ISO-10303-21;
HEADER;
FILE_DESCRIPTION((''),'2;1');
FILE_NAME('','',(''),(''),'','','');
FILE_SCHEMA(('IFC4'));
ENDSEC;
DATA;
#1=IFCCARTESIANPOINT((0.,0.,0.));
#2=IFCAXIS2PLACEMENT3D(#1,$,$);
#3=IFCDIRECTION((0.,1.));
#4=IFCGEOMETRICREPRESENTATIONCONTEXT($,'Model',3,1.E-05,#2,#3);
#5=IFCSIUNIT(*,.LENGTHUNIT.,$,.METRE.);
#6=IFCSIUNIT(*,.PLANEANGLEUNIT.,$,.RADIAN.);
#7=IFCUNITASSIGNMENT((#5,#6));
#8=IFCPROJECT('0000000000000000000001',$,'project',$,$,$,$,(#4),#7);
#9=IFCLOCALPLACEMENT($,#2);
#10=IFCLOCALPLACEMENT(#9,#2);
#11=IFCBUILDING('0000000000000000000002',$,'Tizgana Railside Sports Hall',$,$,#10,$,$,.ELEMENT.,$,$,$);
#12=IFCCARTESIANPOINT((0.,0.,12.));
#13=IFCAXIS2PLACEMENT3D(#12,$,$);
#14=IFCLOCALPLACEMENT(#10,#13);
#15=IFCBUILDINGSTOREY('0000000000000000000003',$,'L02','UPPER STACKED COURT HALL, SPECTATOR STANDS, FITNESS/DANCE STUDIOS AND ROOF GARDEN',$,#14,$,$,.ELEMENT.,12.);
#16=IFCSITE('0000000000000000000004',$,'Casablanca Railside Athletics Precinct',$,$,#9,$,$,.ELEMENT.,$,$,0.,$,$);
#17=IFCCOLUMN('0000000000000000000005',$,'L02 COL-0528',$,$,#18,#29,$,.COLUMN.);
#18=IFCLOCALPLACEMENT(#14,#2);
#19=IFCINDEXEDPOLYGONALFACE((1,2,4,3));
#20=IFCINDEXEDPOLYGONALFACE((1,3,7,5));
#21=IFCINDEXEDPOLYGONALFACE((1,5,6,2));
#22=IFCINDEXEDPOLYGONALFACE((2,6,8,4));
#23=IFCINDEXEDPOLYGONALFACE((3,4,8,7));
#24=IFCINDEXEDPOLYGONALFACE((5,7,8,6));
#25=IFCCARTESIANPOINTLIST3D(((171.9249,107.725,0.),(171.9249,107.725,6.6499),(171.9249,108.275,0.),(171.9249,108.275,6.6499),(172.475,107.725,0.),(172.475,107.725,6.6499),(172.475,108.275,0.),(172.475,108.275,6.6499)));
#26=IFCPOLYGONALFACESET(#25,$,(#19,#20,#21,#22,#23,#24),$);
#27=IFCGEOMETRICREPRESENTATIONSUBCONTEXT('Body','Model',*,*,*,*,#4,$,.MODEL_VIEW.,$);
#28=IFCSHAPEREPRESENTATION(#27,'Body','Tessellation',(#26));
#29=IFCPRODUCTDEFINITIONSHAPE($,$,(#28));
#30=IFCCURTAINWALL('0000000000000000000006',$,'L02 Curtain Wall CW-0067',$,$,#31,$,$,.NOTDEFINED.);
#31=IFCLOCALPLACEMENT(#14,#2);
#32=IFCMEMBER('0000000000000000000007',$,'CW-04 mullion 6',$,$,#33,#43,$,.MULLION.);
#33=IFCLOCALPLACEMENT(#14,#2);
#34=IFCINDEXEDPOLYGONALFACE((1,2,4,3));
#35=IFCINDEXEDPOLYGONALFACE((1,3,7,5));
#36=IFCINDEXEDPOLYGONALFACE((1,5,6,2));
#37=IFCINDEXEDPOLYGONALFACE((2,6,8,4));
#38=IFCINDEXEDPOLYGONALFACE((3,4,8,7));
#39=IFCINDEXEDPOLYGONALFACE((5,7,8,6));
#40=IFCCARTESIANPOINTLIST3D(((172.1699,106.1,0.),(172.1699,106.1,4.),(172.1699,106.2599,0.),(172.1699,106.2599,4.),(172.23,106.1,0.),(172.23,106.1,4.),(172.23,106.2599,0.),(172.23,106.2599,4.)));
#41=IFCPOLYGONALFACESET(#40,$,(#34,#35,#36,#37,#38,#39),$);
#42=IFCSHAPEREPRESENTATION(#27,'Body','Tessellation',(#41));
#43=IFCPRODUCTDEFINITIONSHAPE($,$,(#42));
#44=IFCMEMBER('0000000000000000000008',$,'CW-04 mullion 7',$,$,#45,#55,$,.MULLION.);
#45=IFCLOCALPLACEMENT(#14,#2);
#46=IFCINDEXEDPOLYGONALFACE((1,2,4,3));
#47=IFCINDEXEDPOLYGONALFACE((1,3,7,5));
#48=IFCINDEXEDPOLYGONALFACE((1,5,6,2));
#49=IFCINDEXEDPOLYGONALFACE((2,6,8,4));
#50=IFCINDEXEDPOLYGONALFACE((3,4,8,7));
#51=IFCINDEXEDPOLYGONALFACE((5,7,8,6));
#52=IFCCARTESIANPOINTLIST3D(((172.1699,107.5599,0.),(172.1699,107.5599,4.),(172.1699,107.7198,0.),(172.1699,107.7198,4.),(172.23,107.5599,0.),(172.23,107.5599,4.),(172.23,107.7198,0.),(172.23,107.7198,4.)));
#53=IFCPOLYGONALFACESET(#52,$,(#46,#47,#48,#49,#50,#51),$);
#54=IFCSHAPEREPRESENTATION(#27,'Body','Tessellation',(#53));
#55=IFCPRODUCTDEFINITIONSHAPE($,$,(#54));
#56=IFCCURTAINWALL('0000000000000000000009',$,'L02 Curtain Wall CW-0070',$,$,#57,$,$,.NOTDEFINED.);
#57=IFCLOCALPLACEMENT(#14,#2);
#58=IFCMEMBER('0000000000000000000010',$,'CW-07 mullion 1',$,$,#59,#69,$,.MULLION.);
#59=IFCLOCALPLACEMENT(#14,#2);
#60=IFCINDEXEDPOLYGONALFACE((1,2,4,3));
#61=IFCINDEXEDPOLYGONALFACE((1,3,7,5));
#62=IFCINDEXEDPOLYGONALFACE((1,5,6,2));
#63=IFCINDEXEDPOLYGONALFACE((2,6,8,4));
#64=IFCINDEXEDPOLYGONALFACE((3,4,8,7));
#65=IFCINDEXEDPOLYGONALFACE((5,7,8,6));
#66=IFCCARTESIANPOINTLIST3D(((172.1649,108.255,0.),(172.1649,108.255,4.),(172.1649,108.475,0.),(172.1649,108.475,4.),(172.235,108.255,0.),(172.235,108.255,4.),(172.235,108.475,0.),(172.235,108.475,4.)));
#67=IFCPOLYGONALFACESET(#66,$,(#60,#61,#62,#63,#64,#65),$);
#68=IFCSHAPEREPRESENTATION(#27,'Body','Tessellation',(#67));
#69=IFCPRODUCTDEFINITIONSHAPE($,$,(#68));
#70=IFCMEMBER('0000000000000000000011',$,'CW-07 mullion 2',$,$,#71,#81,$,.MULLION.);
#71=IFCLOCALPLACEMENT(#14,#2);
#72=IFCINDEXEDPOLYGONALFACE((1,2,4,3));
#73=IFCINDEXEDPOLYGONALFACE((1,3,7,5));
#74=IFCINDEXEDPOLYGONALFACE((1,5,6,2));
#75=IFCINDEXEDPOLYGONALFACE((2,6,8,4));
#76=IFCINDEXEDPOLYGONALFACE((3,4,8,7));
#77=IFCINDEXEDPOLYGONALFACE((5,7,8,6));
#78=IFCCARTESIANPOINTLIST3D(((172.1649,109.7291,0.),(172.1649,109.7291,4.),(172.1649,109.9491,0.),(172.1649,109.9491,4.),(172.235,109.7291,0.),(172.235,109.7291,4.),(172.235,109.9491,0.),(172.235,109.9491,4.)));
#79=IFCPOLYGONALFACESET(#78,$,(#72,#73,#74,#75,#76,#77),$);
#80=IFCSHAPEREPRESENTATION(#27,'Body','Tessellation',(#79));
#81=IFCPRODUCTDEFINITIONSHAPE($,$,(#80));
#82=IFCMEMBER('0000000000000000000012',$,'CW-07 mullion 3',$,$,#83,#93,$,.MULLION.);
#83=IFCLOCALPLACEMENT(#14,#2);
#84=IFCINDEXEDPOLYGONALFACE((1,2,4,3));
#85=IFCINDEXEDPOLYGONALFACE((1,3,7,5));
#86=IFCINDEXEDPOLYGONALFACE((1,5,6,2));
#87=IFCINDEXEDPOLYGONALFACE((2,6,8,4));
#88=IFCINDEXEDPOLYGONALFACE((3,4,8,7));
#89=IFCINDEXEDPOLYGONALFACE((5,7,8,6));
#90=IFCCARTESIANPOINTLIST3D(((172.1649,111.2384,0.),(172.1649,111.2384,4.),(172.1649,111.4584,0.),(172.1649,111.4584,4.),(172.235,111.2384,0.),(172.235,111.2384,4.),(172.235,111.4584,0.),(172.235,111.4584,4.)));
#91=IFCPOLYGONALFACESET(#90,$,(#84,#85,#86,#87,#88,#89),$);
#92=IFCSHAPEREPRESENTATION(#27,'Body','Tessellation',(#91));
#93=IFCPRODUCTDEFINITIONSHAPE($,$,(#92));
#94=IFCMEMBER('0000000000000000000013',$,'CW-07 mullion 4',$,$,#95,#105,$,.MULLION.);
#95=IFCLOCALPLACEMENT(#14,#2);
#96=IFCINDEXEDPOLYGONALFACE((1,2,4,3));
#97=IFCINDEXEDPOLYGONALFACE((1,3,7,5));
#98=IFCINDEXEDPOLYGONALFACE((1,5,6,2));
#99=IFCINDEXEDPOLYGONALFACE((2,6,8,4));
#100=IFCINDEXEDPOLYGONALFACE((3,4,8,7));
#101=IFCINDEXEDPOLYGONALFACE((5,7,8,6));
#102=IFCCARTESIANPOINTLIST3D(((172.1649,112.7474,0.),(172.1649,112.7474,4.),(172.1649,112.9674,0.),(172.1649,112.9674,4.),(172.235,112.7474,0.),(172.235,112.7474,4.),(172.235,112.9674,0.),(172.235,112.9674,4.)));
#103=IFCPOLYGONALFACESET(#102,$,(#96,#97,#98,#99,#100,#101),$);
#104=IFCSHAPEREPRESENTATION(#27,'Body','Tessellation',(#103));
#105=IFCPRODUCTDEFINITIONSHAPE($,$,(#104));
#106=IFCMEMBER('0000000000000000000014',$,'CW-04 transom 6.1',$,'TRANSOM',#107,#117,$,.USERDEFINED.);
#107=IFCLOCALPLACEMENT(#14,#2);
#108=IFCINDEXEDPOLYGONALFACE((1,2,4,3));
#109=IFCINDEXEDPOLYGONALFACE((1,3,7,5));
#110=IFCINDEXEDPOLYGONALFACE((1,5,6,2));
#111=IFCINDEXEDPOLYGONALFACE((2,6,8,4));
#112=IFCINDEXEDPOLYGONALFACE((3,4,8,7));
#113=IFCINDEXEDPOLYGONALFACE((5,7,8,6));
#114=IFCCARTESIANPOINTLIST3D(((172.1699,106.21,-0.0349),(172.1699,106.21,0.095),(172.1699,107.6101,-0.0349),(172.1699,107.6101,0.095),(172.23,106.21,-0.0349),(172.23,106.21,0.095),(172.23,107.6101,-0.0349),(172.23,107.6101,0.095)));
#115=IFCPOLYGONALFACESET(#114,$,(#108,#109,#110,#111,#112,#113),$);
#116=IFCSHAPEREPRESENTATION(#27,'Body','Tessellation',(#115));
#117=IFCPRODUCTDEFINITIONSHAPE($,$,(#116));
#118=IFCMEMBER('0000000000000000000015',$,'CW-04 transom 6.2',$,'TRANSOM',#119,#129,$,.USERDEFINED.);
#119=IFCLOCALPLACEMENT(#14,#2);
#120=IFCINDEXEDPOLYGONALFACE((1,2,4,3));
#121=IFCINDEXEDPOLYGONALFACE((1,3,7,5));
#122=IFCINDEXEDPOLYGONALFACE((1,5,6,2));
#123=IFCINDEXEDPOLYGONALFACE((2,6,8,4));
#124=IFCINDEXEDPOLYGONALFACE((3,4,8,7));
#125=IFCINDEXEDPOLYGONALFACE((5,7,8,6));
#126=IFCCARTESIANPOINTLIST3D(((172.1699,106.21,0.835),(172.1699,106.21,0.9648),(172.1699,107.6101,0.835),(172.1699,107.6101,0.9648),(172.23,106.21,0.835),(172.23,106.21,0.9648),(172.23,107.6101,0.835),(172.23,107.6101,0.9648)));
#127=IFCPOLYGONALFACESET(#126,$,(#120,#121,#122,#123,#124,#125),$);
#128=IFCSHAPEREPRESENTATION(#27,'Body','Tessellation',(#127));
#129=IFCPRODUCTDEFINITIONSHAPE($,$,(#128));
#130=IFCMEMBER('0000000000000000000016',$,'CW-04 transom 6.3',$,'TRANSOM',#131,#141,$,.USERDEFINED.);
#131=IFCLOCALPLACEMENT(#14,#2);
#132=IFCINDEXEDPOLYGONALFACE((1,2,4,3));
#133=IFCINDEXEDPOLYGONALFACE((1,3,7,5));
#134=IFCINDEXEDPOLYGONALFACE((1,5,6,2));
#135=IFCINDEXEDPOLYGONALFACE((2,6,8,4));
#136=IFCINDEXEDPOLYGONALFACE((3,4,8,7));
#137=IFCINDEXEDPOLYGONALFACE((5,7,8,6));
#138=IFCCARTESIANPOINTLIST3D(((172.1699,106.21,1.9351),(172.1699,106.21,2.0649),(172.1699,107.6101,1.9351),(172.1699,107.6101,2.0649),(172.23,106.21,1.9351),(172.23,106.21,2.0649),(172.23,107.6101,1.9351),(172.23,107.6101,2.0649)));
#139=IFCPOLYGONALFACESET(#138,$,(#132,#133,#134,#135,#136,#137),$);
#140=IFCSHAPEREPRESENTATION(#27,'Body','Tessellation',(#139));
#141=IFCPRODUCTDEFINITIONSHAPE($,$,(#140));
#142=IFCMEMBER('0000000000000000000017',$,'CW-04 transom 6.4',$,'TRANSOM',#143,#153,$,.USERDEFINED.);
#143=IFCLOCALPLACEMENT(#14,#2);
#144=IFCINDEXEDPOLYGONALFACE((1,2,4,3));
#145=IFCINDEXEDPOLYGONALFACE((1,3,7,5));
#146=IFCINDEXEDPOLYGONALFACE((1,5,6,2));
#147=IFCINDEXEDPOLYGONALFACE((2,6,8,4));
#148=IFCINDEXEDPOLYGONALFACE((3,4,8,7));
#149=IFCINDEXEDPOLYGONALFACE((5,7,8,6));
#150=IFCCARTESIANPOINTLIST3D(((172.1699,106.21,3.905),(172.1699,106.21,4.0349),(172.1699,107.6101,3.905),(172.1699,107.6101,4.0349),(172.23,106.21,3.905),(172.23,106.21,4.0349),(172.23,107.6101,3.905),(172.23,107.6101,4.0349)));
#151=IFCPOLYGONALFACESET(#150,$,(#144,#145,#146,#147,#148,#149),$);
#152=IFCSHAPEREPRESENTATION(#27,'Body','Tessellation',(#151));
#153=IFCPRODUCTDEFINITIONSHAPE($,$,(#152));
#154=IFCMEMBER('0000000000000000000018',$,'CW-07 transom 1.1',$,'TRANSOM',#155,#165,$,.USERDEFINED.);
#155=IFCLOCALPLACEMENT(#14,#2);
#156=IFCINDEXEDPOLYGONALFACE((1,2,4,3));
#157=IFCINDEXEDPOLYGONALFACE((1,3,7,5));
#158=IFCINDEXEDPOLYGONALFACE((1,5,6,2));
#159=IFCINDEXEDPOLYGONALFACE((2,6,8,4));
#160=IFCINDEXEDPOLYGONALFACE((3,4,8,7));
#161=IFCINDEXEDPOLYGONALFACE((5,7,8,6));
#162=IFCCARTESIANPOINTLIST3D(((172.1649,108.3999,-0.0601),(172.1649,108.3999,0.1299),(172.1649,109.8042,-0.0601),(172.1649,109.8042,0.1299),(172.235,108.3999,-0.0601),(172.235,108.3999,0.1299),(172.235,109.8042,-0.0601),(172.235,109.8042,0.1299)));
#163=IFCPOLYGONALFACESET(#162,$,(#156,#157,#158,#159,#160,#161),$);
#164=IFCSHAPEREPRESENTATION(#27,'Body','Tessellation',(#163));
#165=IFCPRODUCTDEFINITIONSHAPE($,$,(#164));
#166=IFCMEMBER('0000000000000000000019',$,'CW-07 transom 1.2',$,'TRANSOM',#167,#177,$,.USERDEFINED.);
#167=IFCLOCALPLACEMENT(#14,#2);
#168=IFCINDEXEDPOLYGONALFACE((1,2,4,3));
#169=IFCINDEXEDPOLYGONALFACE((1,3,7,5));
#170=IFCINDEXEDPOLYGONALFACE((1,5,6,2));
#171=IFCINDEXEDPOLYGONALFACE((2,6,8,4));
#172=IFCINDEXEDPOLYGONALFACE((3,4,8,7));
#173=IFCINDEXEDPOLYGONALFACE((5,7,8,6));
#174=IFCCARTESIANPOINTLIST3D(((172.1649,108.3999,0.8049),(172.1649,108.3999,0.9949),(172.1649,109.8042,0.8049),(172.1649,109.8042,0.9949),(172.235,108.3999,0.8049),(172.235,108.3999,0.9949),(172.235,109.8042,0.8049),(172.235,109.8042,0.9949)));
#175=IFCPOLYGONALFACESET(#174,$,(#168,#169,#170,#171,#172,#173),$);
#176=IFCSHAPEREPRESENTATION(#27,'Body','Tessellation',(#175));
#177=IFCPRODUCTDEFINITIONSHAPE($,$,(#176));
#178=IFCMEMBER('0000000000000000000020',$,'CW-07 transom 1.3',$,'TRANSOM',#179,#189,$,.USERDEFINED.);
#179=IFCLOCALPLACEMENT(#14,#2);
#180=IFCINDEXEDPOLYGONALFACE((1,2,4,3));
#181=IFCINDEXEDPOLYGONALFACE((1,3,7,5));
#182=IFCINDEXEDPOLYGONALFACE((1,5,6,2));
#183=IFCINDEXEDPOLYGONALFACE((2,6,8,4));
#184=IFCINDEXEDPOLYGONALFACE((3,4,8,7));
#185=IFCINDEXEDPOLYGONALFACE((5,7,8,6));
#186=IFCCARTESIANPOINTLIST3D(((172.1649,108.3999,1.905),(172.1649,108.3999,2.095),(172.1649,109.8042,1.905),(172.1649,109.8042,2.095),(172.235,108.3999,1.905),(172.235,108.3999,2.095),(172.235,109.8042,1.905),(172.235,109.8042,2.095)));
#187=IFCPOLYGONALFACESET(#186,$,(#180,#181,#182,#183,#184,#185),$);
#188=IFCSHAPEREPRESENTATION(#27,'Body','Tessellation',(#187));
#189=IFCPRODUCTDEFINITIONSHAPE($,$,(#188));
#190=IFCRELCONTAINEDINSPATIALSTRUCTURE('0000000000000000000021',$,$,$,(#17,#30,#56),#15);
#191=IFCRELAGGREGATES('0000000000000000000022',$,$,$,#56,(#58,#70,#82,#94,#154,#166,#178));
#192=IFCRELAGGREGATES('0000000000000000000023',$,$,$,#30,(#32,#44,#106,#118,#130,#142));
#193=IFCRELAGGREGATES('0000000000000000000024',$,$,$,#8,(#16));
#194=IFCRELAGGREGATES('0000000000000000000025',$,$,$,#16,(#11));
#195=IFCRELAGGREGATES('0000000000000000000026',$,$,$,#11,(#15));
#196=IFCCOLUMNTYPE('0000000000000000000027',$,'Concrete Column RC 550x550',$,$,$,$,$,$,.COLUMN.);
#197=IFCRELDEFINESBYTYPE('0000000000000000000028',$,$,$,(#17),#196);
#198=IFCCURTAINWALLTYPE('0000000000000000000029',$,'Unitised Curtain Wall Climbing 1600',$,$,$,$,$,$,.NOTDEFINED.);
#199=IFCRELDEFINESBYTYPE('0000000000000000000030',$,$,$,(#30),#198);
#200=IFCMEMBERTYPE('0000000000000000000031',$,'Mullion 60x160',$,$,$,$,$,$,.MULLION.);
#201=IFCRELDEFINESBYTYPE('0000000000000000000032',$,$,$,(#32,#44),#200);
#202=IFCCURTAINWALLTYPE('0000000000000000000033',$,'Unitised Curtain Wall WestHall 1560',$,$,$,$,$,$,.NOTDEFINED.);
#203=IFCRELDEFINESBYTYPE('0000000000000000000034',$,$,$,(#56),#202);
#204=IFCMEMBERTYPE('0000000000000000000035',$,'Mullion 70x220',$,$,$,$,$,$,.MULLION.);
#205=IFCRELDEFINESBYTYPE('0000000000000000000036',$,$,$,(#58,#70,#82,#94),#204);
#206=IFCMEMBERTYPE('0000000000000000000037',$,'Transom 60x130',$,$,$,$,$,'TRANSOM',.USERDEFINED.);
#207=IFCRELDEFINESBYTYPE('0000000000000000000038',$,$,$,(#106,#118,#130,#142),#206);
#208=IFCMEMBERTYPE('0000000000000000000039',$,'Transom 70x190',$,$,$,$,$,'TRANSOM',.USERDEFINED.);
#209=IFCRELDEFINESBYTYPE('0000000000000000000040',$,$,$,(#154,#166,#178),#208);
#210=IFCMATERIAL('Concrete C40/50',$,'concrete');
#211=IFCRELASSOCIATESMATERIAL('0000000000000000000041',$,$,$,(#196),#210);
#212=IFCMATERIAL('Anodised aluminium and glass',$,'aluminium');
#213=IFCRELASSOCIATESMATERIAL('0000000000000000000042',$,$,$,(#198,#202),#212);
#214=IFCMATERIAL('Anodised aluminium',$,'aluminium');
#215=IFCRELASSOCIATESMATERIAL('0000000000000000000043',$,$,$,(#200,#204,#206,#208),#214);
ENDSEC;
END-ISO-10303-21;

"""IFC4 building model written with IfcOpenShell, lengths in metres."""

from ifc_helpers import new_model, si_unit, direction, frame, origin, origin_2d, place, context, subcontext, project, spatial, rectangle, extrude, material, material_profile, profile_set, type_object, element, aggregate, save


model = new_model("IFC4")

# Units and contexts
model_context = context("Model", 3, precision=1e-05, world=origin(), true_north=direction((0.0, 1.0)))
body_context = subcontext(model_context, "Body", "Model", "MODEL_VIEW")
ifc_project = project(units=[si_unit("LENGTHUNIT", "METRE"), si_unit("PLANEANGLEUNIT", "RADIAN")], contexts=[model_context])

# Site, building, storey
site_placement = place(None, origin())
site = spatial("IfcSite", under=ifc_project, at=site_placement, Name="Casablanca Railside Athletics Precinct", CompositionType="ELEMENT", RefElevation=0.0)
building_placement = place(site_placement, origin())
building = spatial("IfcBuilding", under=site, at=building_placement, Name="Tizgana Railside Sports Hall", CompositionType="ELEMENT")
storey_placement = place(building_placement, frame((0.0, 0.0, 12.0)))
storey = spatial("IfcBuildingStorey", under=building, at=storey_placement, Name="L02", Description="UPPER STACKED COURT HALL, SPECTATOR STANDS, FITNESS/DANCE STUDIOS AND ROOF GARDEN", CompositionType="ELEMENT", Elevation=12.0)

# Column
ifc_material_1 = material(Name="Concrete C40/50", Category="concrete")
ifc_material_profile_1 = material_profile(ifc_material_1, rectangle(XDim=0.55, YDim=0.55, at=origin_2d()), Name="RC 550x550")
ifc_profile_set_1 = profile_set([ifc_material_profile_1], Name="Concrete C40/50")
column_type = type_object("IfcColumnType", Name="Concrete Column RC 550x550", PredefinedType="COLUMN", material=ifc_profile_set_1)
column_placement = place(storey_placement, frame((172.2, 108.0, 0.0), z_axis=(0.0, 0.0, 1.0), x_axis=(1.0, 0.0, 0.0)))
element("IfcColumn", 1, at=column_placement, inside=storey, type_object=column_type, Name="L02 COL-0528", PredefinedType="COLUMN", context=body_context, shape_type="SweptSolid", body=[
    extrude(rectangle(XDim=0.55, YDim=0.55, at=origin_2d()), origin(), (0.0, 0.0, 1.0), 6.6499),
])

# Curtain walls, members
ifc_material_2 = material(Name="Anodised aluminium and glass", Category="aluminium")
curtain_wall_type_1 = type_object("IfcCurtainWallType", Name="Unitised Curtain Wall Climbing 1600", PredefinedType="NOTDEFINED", material=ifc_material_2)
curtain_wall_1_placement = place(storey_placement, origin())
curtain_wall_1 = element("IfcCurtainWall", 2, at=curtain_wall_1_placement, inside=storey, type_object=curtain_wall_type_1, Name="L02 Curtain Wall CW-0067", PredefinedType="NOTDEFINED")
ifc_material_3 = material(Name="Anodised aluminium", Category="aluminium")
ifc_material_profile_2 = material_profile(ifc_material_3, rectangle(XDim=0.0601, YDim=0.1599, at=origin_2d()), Name="Mullion 60x160")
ifc_profile_set_2 = profile_set([ifc_material_profile_2], Name="Anodised aluminium")
member_type_1 = type_object("IfcMemberType", Name="Mullion 60x160", PredefinedType="MULLION", material=ifc_profile_set_2)
member_1_placement = place(storey_placement, frame((172.2, 106.1799, 0.0), z_axis=(0.0, 0.0, 1.0), x_axis=(-1.0, 0.0, 0.0)))
member_1 = element("IfcMember", 3, at=member_1_placement, type_object=member_type_1, Name="CW-04 mullion 6", PredefinedType="MULLION", context=body_context, shape_type="SweptSolid", body=[
    extrude(rectangle(XDim=0.0601, YDim=0.1599, at=origin_2d()), origin(), (0.0, 0.0, 1.0), 4.0),
])
member_2_placement = place(storey_placement, frame((172.2, 107.6399, 0.0), z_axis=(0.0, 0.0, 1.0), x_axis=(-1.0, 0.0, 0.0)))
member_2 = element("IfcMember", 4, at=member_2_placement, type_object=member_type_1, Name="CW-04 mullion 7", PredefinedType="MULLION", context=body_context, shape_type="SweptSolid", body=[
    extrude(rectangle(XDim=0.0601, YDim=0.1599, at=origin_2d()), origin(), (0.0, 0.0, 1.0), 4.0),
])
curtain_wall_type_2 = type_object("IfcCurtainWallType", Name="Unitised Curtain Wall WestHall 1560", PredefinedType="NOTDEFINED", material=ifc_material_2)
curtain_wall_2_placement = place(storey_placement, origin())
curtain_wall_2 = element("IfcCurtainWall", 5, at=curtain_wall_2_placement, inside=storey, type_object=curtain_wall_type_2, Name="L02 Curtain Wall CW-0070", PredefinedType="NOTDEFINED")
ifc_material_profile_3 = material_profile(ifc_material_3, rectangle(XDim=0.0701, YDim=0.22, at=origin_2d()), Name="Mullion 70x220")
ifc_profile_set_3 = profile_set([ifc_material_profile_3], Name="Anodised aluminium")
member_type_2 = type_object("IfcMemberType", Name="Mullion 70x220", PredefinedType="MULLION", material=ifc_profile_set_3)
member_3_placement = place(storey_placement, frame((172.2, 108.365, 0.0), z_axis=(0.0, 0.0, 1.0), x_axis=(-1.0, 0.0, 0.0)))
member_3 = element("IfcMember", 6, at=member_3_placement, type_object=member_type_2, Name="CW-07 mullion 1", PredefinedType="MULLION", context=body_context, shape_type="SweptSolid", body=[
    extrude(rectangle(XDim=0.0701, YDim=0.22, at=origin_2d()), origin(), (0.0, 0.0, 1.0), 4.0),
])
member_4_placement = place(storey_placement, frame((172.2, 109.8391, 0.0), z_axis=(0.0, 0.0, 1.0), x_axis=(-1.0, 0.0, 0.0)))
member_4 = element("IfcMember", 7, at=member_4_placement, type_object=member_type_2, Name="CW-07 mullion 2", PredefinedType="MULLION", context=body_context, shape_type="SweptSolid", body=[
    extrude(rectangle(XDim=0.0701, YDim=0.22, at=origin_2d()), origin(), (0.0, 0.0, 1.0), 4.0),
])
member_5_placement = place(storey_placement, frame((172.2, 111.3484, 0.0), z_axis=(0.0, 0.0, 1.0), x_axis=(-1.0, 0.0, 0.0)))
member_5 = element("IfcMember", 8, at=member_5_placement, type_object=member_type_2, Name="CW-07 mullion 3", PredefinedType="MULLION", context=body_context, shape_type="SweptSolid", body=[
    extrude(rectangle(XDim=0.0701, YDim=0.22, at=origin_2d()), origin(), (0.0, 0.0, 1.0), 4.0),
])
member_6_placement = place(storey_placement, frame((172.2, 112.8574, 0.0), z_axis=(0.0, 0.0, 1.0), x_axis=(-1.0, 0.0, 0.0)))
member_6 = element("IfcMember", 9, at=member_6_placement, type_object=member_type_2, Name="CW-07 mullion 4", PredefinedType="MULLION", context=body_context, shape_type="SweptSolid", body=[
    extrude(rectangle(XDim=0.0701, YDim=0.22, at=origin_2d()), origin(), (0.0, 0.0, 1.0), 4.0),
])

# Members
ifc_material_profile_4 = material_profile(ifc_material_3, rectangle(XDim=0.0601, YDim=0.1299, at=origin_2d()), Name="Transom 60x130")
ifc_profile_set_4 = profile_set([ifc_material_profile_4], Name="Anodised aluminium")
member_type_3 = type_object("IfcMemberType", Name="Transom 60x130", ElementType="TRANSOM", PredefinedType="USERDEFINED", material=ifc_profile_set_4)
member_7_placement = place(storey_placement, frame((172.2, 106.21, 0.03), z_axis=(0.0, 1.0, 0.0), x_axis=(-1.0, 0.0, 0.0)))
member_7 = element("IfcMember", 10, at=member_7_placement, type_object=member_type_3, Name="CW-04 transom 6.1", ObjectType="TRANSOM", PredefinedType="USERDEFINED", context=body_context, shape_type="SweptSolid", body=[
    extrude(rectangle(XDim=0.0601, YDim=0.1299, at=origin_2d()), origin(), (0.0, 0.0, 1.0), 1.4001),
])
member_8_placement = place(storey_placement, frame((172.2, 106.21, 0.8999), z_axis=(0.0, 1.0, 0.0), x_axis=(-1.0, 0.0, 0.0)))
member_8 = element("IfcMember", 11, at=member_8_placement, type_object=member_type_3, Name="CW-04 transom 6.2", ObjectType="TRANSOM", PredefinedType="USERDEFINED", context=body_context, shape_type="SweptSolid", body=[
    extrude(rectangle(XDim=0.0601, YDim=0.1299, at=origin_2d()), origin(), (0.0, 0.0, 1.0), 1.4001),
])
member_9_placement = place(storey_placement, frame((172.2, 106.21, 2.0), z_axis=(0.0, 1.0, 0.0), x_axis=(-1.0, 0.0, 0.0)))
member_9 = element("IfcMember", 12, at=member_9_placement, type_object=member_type_3, Name="CW-04 transom 6.3", ObjectType="TRANSOM", PredefinedType="USERDEFINED", context=body_context, shape_type="SweptSolid", body=[
    extrude(rectangle(XDim=0.0601, YDim=0.1299, at=origin_2d()), origin(), (0.0, 0.0, 1.0), 1.4001),
])
member_10_placement = place(storey_placement, frame((172.2, 106.21, 3.97), z_axis=(0.0, 1.0, 0.0), x_axis=(-1.0, 0.0, 0.0)))
member_10 = element("IfcMember", 13, at=member_10_placement, type_object=member_type_3, Name="CW-04 transom 6.4", ObjectType="TRANSOM", PredefinedType="USERDEFINED", context=body_context, shape_type="SweptSolid", body=[
    extrude(rectangle(XDim=0.0601, YDim=0.1299, at=origin_2d()), origin(), (0.0, 0.0, 1.0), 1.4001),
])
ifc_material_profile_5 = material_profile(ifc_material_3, rectangle(XDim=0.0701, YDim=0.1899, at=origin_2d()), Name="Transom 70x190")
ifc_profile_set_5 = profile_set([ifc_material_profile_5], Name="Anodised aluminium")
member_type_4 = type_object("IfcMemberType", Name="Transom 70x190", ElementType="TRANSOM", PredefinedType="USERDEFINED", material=ifc_profile_set_5)
member_11_placement = place(storey_placement, frame((172.2, 108.3999, 0.0349), z_axis=(0.0, 1.0, 0.0), x_axis=(-1.0, 0.0, 0.0)))
member_11 = element("IfcMember", 14, at=member_11_placement, type_object=member_type_4, Name="CW-07 transom 1.1", ObjectType="TRANSOM", PredefinedType="USERDEFINED", context=body_context, shape_type="SweptSolid", body=[
    extrude(rectangle(XDim=0.0701, YDim=0.1899, at=origin_2d()), origin(), (0.0, 0.0, 1.0), 1.4043),
])
member_12_placement = place(storey_placement, frame((172.2, 108.3999, 0.8999), z_axis=(0.0, 1.0, 0.0), x_axis=(-1.0, 0.0, 0.0)))
member_12 = element("IfcMember", 15, at=member_12_placement, type_object=member_type_4, Name="CW-07 transom 1.2", ObjectType="TRANSOM", PredefinedType="USERDEFINED", context=body_context, shape_type="SweptSolid", body=[
    extrude(rectangle(XDim=0.0701, YDim=0.1899, at=origin_2d()), origin(), (0.0, 0.0, 1.0), 1.4043),
])
member_13_placement = place(storey_placement, frame((172.2, 108.3999, 2.0), z_axis=(0.0, 1.0, 0.0), x_axis=(-1.0, 0.0, 0.0)))
member_13 = element("IfcMember", 16, at=member_13_placement, type_object=member_type_4, Name="CW-07 transom 1.3", ObjectType="TRANSOM", PredefinedType="USERDEFINED", context=body_context, shape_type="SweptSolid", body=[
    extrude(rectangle(XDim=0.0701, YDim=0.1899, at=origin_2d()), origin(), (0.0, 0.0, 1.0), 1.4043),
])

aggregate(curtain_wall_2, [member_3, member_4, member_5, member_6, member_11, member_12, member_13])
aggregate(curtain_wall_1, [member_1, member_2, member_7, member_8, member_9, member_10])

save(model, "model.ifc")
